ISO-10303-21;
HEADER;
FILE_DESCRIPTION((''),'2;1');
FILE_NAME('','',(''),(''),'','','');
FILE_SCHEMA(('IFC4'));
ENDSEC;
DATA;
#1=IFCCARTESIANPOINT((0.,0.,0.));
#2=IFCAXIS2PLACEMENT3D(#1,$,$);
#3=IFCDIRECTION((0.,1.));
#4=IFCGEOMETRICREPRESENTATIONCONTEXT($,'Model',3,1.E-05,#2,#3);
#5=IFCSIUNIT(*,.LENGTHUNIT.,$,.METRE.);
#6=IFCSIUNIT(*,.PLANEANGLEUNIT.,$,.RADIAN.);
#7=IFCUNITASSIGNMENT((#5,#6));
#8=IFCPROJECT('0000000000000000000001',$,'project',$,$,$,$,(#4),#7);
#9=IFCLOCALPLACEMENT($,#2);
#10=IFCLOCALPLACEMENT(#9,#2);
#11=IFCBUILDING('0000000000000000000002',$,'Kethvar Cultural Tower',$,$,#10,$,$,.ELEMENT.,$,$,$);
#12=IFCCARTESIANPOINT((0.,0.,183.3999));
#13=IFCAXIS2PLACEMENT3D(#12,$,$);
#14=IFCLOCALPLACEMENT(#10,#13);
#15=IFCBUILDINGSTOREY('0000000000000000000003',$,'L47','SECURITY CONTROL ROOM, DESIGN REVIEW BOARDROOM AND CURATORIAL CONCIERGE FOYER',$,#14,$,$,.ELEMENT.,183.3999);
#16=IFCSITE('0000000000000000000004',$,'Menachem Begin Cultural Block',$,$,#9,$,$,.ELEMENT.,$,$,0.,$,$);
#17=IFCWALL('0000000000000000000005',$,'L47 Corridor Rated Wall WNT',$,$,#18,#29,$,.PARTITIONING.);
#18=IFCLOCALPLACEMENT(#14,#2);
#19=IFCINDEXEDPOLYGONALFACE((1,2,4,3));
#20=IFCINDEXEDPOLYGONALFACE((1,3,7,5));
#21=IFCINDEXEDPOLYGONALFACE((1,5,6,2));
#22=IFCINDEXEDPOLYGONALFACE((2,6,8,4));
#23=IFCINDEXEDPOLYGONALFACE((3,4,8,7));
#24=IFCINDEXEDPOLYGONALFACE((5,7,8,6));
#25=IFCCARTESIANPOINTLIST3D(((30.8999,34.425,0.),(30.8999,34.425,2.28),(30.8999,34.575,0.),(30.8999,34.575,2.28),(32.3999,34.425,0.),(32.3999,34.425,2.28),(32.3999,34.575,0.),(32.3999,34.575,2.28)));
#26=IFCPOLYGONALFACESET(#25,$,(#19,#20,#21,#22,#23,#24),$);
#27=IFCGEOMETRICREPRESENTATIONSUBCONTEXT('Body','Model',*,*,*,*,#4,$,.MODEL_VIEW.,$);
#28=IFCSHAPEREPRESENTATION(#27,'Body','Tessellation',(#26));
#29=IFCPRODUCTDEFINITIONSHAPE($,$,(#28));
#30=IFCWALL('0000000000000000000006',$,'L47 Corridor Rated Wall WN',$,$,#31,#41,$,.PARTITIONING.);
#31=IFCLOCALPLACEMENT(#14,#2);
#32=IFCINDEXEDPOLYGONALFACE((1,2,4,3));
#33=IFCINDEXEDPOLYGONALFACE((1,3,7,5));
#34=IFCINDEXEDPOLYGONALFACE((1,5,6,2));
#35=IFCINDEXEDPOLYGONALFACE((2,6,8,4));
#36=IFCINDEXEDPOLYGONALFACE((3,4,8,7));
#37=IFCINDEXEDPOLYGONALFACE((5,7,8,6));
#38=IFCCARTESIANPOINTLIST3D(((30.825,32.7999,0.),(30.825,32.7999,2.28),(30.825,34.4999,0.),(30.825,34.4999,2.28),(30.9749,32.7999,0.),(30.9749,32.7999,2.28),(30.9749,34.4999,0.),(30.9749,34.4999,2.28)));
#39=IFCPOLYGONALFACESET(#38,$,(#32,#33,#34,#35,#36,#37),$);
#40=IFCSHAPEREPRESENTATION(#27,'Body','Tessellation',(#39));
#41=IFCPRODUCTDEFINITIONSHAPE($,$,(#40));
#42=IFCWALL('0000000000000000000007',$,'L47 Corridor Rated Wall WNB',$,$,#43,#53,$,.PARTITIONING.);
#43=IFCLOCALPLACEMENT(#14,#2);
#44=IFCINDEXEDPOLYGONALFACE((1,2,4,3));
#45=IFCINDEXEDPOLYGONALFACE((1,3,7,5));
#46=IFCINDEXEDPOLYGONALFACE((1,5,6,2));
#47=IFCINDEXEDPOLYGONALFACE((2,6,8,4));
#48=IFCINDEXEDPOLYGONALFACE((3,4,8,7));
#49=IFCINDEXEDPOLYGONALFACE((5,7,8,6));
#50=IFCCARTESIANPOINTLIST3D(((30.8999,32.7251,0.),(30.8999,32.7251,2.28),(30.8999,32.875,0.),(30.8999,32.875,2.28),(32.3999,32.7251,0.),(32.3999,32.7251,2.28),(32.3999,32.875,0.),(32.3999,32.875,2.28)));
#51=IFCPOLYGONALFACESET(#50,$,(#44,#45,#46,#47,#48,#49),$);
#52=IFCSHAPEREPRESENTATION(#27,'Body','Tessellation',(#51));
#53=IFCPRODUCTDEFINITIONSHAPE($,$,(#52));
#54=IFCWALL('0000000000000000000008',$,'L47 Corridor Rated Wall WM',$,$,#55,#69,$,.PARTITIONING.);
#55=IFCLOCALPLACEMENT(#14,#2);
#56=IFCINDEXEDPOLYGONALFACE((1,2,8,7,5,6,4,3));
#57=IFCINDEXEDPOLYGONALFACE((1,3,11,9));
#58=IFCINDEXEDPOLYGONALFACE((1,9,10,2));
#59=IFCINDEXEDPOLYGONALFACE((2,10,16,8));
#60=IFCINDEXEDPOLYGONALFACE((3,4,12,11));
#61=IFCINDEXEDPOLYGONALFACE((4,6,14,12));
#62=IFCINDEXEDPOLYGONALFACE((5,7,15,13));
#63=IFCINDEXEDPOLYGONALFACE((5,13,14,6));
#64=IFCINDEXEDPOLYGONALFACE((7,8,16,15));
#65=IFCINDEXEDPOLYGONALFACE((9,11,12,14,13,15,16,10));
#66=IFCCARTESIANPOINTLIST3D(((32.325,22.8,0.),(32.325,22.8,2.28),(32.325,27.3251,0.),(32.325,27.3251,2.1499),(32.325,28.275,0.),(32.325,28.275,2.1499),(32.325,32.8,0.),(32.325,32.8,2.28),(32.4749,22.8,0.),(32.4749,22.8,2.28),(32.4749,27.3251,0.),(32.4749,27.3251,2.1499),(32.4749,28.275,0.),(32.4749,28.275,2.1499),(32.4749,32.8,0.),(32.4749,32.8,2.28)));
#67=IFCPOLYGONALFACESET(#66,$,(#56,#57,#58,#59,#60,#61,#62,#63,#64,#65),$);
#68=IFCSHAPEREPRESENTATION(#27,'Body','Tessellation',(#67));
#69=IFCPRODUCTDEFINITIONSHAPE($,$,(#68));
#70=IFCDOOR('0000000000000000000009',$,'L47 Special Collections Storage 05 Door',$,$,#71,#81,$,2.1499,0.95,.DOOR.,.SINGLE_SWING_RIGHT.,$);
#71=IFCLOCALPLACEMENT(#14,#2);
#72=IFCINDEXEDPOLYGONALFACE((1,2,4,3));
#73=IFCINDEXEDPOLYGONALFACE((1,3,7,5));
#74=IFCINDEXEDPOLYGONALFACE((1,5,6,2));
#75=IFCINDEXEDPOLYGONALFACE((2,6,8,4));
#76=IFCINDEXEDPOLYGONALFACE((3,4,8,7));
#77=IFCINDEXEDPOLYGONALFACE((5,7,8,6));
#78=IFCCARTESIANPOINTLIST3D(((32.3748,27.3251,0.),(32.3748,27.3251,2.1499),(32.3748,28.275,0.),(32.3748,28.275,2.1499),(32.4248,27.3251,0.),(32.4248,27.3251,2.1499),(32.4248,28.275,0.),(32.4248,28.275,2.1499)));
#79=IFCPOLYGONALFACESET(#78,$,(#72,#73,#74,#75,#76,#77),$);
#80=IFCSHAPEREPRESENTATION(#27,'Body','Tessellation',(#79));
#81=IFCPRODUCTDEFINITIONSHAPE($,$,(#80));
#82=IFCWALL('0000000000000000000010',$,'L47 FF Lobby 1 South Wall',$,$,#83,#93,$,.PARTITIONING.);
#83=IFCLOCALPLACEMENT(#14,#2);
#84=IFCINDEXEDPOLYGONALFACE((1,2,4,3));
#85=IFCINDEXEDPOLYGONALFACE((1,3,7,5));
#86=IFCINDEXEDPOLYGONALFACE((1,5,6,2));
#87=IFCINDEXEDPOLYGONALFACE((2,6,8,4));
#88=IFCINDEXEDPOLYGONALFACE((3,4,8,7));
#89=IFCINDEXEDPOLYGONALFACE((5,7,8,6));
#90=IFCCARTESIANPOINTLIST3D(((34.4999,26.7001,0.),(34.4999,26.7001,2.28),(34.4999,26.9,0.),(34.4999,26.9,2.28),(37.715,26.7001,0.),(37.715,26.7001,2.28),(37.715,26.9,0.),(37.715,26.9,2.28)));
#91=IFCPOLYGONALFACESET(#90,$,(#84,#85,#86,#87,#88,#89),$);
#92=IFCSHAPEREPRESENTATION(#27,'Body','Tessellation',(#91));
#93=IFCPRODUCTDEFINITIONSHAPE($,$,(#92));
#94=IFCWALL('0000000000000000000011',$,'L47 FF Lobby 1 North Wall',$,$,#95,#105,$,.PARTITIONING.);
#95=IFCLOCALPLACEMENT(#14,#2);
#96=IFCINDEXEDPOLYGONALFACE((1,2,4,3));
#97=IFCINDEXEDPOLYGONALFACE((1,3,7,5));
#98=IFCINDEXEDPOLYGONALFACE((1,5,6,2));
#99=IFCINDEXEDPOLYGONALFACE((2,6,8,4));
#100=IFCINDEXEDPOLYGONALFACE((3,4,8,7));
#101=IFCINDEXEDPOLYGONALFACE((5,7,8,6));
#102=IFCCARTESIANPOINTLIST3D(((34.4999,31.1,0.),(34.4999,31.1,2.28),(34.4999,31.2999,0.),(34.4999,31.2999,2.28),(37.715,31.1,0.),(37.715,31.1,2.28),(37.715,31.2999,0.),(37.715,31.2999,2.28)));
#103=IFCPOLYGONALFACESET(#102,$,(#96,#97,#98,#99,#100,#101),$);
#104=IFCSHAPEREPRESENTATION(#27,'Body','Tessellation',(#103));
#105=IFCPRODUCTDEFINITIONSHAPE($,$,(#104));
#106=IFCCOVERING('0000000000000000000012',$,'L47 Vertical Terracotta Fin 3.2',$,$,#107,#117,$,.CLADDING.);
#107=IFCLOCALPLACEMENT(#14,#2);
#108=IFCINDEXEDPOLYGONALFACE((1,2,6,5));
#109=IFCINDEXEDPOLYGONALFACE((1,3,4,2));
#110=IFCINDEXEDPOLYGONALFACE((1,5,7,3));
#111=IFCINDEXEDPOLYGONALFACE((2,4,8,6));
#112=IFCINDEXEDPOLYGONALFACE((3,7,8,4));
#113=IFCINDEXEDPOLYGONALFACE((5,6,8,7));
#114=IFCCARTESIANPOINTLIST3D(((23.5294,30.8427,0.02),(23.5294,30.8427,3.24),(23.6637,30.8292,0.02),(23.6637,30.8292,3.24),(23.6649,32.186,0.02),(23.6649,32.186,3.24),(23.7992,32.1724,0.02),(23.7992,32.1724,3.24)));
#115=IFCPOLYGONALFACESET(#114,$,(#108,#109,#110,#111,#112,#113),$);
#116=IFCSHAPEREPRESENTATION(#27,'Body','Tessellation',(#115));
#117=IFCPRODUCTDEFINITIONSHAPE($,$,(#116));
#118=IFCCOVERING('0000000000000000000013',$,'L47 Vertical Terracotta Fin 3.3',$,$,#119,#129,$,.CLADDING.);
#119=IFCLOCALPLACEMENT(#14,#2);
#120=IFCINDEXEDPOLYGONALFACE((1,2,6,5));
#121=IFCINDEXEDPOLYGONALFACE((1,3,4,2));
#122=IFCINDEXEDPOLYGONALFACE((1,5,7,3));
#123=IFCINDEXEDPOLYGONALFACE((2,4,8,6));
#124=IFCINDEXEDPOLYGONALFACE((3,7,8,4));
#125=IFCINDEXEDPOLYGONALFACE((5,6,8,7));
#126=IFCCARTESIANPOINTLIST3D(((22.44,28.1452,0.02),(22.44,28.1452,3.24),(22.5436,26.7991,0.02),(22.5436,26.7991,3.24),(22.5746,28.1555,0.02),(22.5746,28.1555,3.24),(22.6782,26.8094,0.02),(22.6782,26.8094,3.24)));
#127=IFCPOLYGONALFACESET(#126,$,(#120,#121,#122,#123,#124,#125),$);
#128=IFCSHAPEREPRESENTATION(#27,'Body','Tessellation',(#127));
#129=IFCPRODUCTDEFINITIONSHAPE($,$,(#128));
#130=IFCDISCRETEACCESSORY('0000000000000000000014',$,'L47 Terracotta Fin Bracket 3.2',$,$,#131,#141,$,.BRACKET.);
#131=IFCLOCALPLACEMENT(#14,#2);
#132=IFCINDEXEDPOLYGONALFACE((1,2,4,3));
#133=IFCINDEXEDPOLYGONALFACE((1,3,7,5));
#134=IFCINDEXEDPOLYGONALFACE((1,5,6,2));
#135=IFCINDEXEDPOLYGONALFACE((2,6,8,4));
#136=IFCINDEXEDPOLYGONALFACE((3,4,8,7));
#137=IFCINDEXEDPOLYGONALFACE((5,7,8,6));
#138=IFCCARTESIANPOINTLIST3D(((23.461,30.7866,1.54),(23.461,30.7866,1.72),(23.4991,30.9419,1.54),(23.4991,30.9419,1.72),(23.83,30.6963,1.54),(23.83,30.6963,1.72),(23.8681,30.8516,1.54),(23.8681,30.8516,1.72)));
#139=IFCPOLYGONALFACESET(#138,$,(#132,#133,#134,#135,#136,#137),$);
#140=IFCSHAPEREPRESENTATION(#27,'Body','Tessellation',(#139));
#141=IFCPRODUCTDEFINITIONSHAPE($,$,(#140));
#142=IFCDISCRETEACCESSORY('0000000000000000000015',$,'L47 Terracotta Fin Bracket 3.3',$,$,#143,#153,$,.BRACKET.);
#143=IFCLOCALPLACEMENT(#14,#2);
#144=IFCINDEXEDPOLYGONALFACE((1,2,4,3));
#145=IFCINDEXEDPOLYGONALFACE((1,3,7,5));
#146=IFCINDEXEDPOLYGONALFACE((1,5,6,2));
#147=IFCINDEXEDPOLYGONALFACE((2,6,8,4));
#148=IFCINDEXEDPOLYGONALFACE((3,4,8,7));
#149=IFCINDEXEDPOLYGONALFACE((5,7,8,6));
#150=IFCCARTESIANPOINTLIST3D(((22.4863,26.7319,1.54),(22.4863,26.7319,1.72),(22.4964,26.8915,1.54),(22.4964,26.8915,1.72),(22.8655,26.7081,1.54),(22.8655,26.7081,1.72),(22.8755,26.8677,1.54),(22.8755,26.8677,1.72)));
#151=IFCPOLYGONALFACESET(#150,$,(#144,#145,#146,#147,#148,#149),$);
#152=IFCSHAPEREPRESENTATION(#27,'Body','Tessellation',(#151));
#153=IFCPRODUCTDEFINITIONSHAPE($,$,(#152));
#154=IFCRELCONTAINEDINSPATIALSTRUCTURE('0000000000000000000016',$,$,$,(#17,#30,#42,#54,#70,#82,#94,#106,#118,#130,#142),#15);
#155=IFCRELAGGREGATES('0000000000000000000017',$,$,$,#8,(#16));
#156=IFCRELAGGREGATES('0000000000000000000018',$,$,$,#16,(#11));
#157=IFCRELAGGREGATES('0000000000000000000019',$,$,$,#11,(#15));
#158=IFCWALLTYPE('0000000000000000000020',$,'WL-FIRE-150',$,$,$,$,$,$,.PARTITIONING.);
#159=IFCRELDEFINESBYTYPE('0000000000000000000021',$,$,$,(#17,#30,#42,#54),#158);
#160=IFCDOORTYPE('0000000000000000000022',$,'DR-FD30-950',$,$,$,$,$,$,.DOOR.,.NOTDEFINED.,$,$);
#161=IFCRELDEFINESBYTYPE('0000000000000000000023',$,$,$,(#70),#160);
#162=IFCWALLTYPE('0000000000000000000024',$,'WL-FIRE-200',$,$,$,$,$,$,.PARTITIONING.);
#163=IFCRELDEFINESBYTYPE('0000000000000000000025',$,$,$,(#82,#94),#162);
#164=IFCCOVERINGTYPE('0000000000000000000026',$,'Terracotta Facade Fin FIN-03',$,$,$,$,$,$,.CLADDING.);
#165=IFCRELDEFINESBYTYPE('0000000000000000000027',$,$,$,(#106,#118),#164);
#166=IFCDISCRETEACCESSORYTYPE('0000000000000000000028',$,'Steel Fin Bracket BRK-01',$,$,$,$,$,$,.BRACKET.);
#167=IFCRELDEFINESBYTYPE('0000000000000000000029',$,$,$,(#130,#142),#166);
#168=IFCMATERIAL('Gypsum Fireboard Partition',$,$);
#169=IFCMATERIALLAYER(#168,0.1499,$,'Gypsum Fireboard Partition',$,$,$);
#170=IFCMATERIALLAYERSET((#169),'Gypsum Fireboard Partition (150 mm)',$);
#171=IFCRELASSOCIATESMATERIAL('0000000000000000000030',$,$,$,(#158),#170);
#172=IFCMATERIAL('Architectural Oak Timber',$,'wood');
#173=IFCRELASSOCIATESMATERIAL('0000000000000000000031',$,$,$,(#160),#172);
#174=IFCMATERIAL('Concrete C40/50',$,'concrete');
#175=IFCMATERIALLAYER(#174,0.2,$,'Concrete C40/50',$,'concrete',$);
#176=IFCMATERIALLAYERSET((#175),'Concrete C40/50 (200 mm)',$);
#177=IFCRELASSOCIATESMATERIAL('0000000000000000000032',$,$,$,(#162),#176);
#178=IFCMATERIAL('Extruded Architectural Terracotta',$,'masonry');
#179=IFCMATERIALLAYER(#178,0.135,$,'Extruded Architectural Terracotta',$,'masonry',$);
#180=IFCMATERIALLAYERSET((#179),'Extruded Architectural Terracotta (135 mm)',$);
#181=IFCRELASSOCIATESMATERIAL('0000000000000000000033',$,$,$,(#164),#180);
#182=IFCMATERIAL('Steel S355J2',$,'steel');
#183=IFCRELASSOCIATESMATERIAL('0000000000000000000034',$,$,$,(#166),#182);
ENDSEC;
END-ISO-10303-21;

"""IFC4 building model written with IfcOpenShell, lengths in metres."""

from ifc_helpers import new_model, si_unit, direction, frame, frame_2d, origin, origin_2d, place, context, subcontext, project, spatial, rectangle, extrude, source, transform, mapped, material, layer, layer_set, type_object, element, fill, save


model = new_model("IFC4")

# Units and contexts
model_context = context("Model", 3, precision=1e-05, world=origin(), true_north=direction((0.0, 1.0)))
body_context = subcontext(model_context, "Body", "Model", "MODEL_VIEW")
ifc_project = project(units=[si_unit("LENGTHUNIT", "METRE"), si_unit("PLANEANGLEUNIT", "RADIAN")], contexts=[model_context])

# Site, building, storey
site_placement = place(None, origin())
site = spatial("IfcSite", under=ifc_project, at=site_placement, Name="Menachem Begin Cultural Block", CompositionType="ELEMENT", RefElevation=0.0)
building_placement = place(site_placement, origin())
building = spatial("IfcBuilding", under=site, at=building_placement, Name="Kethvar Cultural Tower", CompositionType="ELEMENT")
storey_placement = place(building_placement, frame((0.0, 0.0, 183.3999)))
storey = spatial("IfcBuildingStorey", under=building, at=storey_placement, Name="L47", Description="SECURITY CONTROL ROOM, DESIGN REVIEW BOARDROOM AND CURATORIAL CONCIERGE FOYER", CompositionType="ELEMENT", Elevation=183.3999)

# Shared definitions
ifc_material_1 = material(Name="Steel S355J2", Category="steel")

# Walls
ifc_material_2 = material(Name="Gypsum Fireboard Partition")
ifc_layer_1 = layer(ifc_material_2, 0.1499, Name="Gypsum Fireboard Partition")
ifc_layer_set_1 = layer_set([ifc_layer_1], Name="Gypsum Fireboard Partition (150 mm)")
wall_type_1 = type_object("IfcWallType", Name="WL-FIRE-150", PredefinedType="PARTITIONING", material=ifc_layer_set_1)
wall_1_placement = place(storey_placement, frame((32.3999, 34.5, 0.0), z_axis=(0.0, 0.0, 1.0), x_axis=(-1.0, 0.0, 0.0)))
element("IfcWall", 1, at=wall_1_placement, inside=storey, type_object=wall_type_1, Name="L47 Corridor Rated Wall WNT", PredefinedType="PARTITIONING", context=body_context, shape_type="SweptSolid", body=[
    extrude(rectangle(XDim=1.5, YDim=0.1499, at=frame_2d((0.75, 0.0))), origin(), (0.0, 0.0, 1.0), 2.28),
])
wall_2_placement = place(storey_placement, frame((30.8999, 34.5, 0.0), z_axis=(0.0, 0.0, 1.0), x_axis=(0.0, -1.0, 0.0)))
element("IfcWall", 2, at=wall_2_placement, inside=storey, type_object=wall_type_1, Name="L47 Corridor Rated Wall WN", PredefinedType="PARTITIONING", context=body_context, shape_type="SweptSolid", body=[
    extrude(rectangle(XDim=1.7, YDim=0.1499, at=frame_2d((0.8501, 0.0))), origin(), (0.0, 0.0, 1.0), 2.28),
])
wall_3_placement = place(storey_placement, frame((30.8999, 32.8, 0.0), z_axis=(0.0, 0.0, 1.0), x_axis=(1.0, 0.0, 0.0)))
element("IfcWall", 3, at=wall_3_placement, inside=storey, type_object=wall_type_1, Name="L47 Corridor Rated Wall WNB", PredefinedType="PARTITIONING", context=body_context, shape_type="SweptSolid", body=[
    extrude(rectangle(XDim=1.5, YDim=0.1499, at=frame_2d((0.75, 0.0))), origin(), (0.0, 0.0, 1.0), 2.28),
])

# Wall, opening, door
wall_4_placement = place(storey_placement, frame((32.3999, 32.8, 0.0), z_axis=(0.0, 0.0, 1.0), x_axis=(0.0, -1.0, 0.0)))
wall_4 = element("IfcWall", 4, at=wall_4_placement, inside=storey, type_object=wall_type_1, Name="L47 Corridor Rated Wall WM", PredefinedType="PARTITIONING", context=body_context, shape_type="SweptSolid", body=[
    extrude(rectangle(XDim=10.0, YDim=0.1499, at=frame_2d((5.0, 0.0))), origin(), (0.0, 0.0, 1.0), 2.28),
])
opening_1_placement = place(wall_4_placement, frame((4.5249, 0.0, 0.0)))
opening_1 = element("IfcOpeningElement", 5, at=opening_1_placement, cuts=wall_4, PredefinedType="OPENING", context=body_context, shape_type="SweptSolid", body=[
    extrude(rectangle(XDim=0.95, YDim=2.1499, at=frame_2d((0.4751, 1.075))), frame((0.0, 0.085, 0.0), z_axis=(0.0, -1.0, 0.0), x_axis=(1.0, 0.0, 0.0)), (0.0, 0.0, 1.0), 0.1699),
])
ifc_material_3 = material(Name="Architectural Oak Timber", Category="wood")
door_type_1 = type_object("IfcDoorType", Name="DR-FD30-950", OperationType="NOTDEFINED", PredefinedType="DOOR", material=ifc_material_3)
shared_shape_1 = source(origin(), body_context, "Body", "SweptSolid", [
    extrude(rectangle(XDim=0.95, YDim=2.1499, at=frame_2d((0.4751, 1.075))), frame((0.0, 0.0249, 0.0), z_axis=(0.0, -1.0, 0.0), x_axis=(1.0, 0.0, 0.0)), (0.0, 0.0, 1.0), 0.05),
])
door_1_placement = place(opening_1_placement, origin())
door_1 = element("IfcDoor", 6, at=door_1_placement, inside=storey, type_object=door_type_1, Name="L47 Special Collections Storage 05 Door", OperationType="SINGLE_SWING_RIGHT", OverallHeight=2.1499, OverallWidth=0.95, PredefinedType="DOOR", context=body_context, shape_type="MappedRepresentation", body=[
    mapped(shared_shape_1, transform((0.0, 0.0, 0.0), scale=1.0)),
])
fill(opening_1, door_1)
ifc_material_4 = material(Name="Concrete C40/50", Category="concrete")
ifc_layer_2 = layer(ifc_material_4, 0.2, Name="Concrete C40/50", Category="concrete")
ifc_layer_set_2 = layer_set([ifc_layer_2], Name="Concrete C40/50 (200 mm)")
wall_type_2 = type_object("IfcWallType", Name="WL-FIRE-200", PredefinedType="PARTITIONING", material=ifc_layer_set_2)

# Walls
for number, where, z_axis, x_axis, name in (
    (7, (34.5, 26.8, 0.0), (0.0, 0.0, 1.0), (1.0, 0.0, 0.0), "L47 FF Lobby 1 South Wall"),
    (8, (34.5, 31.2, 0.0), (0.0, 0.0, 1.0), (1.0, 0.0, 0.0), "L47 FF Lobby 1 North Wall"),
):
    element("IfcWall", number, at=place(storey_placement, frame(where, z_axis=z_axis, x_axis=x_axis)), inside=storey, type_object=wall_type_2, Name=name, PredefinedType="PARTITIONING", context=body_context, shape_type="SweptSolid", body=[
        extrude(rectangle(XDim=3.2151, YDim=0.2, at=frame_2d((1.6074, 0.0))), origin(), (0.0, 0.0, 1.0), 2.28),
    ])

# Coverings
ifc_material_5 = material(Name="Extruded Architectural Terracotta", Category="masonry")
ifc_layer_3 = layer(ifc_material_5, 0.135, Name="Extruded Architectural Terracotta", Category="masonry")
ifc_layer_set_3 = layer_set([ifc_layer_3], Name="Extruded Architectural Terracotta (135 mm)")
covering_type = type_object("IfcCoveringType", Name="Terracotta Facade Fin FIN-03", PredefinedType="CLADDING", material=ifc_layer_set_3)
shared_shape_2 = source(origin(), body_context, "Body", "SweptSolid", [
    extrude(rectangle(XDim=1.3501, YDim=0.135, at=origin_2d()), origin(), (0.0, 0.0, 1.0), 3.22),
])
for number, where, z_axis, x_axis, name in (
    (9, (23.6643, 31.5076, 0.02), (0.0, 0.0, 1.0), (0.100362, 0.994951, 0.0), "L47 Vertical Terracotta Fin 3.2"),
    (10, (22.5591, 27.4773, 0.02), (0.0, 0.0, 1.0), (-0.076719, 0.997053, 0.0), "L47 Vertical Terracotta Fin 3.3"),
):
    element("IfcCovering", number, at=place(storey_placement, frame(where, z_axis=z_axis, x_axis=x_axis)), inside=storey, type_object=covering_type, Name=name, PredefinedType="CLADDING", context=body_context, shape_type="MappedRepresentation", body=[
        mapped(shared_shape_2, transform((0.0, 0.0, 0.0), scale=1.0)),
    ])

# Discrete accessories
discrete_accessory_type = type_object("IfcDiscreteAccessoryType", Name="Steel Fin Bracket BRK-01", PredefinedType="BRACKET", material=ifc_material_1)
shared_shape_3 = source(origin(), body_context, "Body", "SweptSolid", [
    extrude(rectangle(XDim=0.3799, YDim=0.1599, at=origin_2d()), origin(), (0.0, 0.0, 1.0), 0.1799),
])
for number, where, z_axis, x_axis, name in (
    (11, (23.6646, 30.8191, 1.54), (0.0, 0.0, 1.0), (-0.971301, 0.237855, 0.0), "L47 Terracotta Fin Bracket 3.2"),
    (12, (22.6809, 26.7998, 1.54), (0.0, 0.0, 1.0), (-0.998027, 0.062791, 0.0), "L47 Terracotta Fin Bracket 3.3"),
):
    element("IfcDiscreteAccessory", number, at=place(storey_placement, frame(where, z_axis=z_axis, x_axis=x_axis)), inside=storey, type_object=discrete_accessory_type, Name=name, PredefinedType="BRACKET", context=body_context, shape_type="MappedRepresentation", body=[
        mapped(shared_shape_3, transform((0.0, 0.0, 0.0), scale=1.0)),
    ])

save(model, "model.ifc")
